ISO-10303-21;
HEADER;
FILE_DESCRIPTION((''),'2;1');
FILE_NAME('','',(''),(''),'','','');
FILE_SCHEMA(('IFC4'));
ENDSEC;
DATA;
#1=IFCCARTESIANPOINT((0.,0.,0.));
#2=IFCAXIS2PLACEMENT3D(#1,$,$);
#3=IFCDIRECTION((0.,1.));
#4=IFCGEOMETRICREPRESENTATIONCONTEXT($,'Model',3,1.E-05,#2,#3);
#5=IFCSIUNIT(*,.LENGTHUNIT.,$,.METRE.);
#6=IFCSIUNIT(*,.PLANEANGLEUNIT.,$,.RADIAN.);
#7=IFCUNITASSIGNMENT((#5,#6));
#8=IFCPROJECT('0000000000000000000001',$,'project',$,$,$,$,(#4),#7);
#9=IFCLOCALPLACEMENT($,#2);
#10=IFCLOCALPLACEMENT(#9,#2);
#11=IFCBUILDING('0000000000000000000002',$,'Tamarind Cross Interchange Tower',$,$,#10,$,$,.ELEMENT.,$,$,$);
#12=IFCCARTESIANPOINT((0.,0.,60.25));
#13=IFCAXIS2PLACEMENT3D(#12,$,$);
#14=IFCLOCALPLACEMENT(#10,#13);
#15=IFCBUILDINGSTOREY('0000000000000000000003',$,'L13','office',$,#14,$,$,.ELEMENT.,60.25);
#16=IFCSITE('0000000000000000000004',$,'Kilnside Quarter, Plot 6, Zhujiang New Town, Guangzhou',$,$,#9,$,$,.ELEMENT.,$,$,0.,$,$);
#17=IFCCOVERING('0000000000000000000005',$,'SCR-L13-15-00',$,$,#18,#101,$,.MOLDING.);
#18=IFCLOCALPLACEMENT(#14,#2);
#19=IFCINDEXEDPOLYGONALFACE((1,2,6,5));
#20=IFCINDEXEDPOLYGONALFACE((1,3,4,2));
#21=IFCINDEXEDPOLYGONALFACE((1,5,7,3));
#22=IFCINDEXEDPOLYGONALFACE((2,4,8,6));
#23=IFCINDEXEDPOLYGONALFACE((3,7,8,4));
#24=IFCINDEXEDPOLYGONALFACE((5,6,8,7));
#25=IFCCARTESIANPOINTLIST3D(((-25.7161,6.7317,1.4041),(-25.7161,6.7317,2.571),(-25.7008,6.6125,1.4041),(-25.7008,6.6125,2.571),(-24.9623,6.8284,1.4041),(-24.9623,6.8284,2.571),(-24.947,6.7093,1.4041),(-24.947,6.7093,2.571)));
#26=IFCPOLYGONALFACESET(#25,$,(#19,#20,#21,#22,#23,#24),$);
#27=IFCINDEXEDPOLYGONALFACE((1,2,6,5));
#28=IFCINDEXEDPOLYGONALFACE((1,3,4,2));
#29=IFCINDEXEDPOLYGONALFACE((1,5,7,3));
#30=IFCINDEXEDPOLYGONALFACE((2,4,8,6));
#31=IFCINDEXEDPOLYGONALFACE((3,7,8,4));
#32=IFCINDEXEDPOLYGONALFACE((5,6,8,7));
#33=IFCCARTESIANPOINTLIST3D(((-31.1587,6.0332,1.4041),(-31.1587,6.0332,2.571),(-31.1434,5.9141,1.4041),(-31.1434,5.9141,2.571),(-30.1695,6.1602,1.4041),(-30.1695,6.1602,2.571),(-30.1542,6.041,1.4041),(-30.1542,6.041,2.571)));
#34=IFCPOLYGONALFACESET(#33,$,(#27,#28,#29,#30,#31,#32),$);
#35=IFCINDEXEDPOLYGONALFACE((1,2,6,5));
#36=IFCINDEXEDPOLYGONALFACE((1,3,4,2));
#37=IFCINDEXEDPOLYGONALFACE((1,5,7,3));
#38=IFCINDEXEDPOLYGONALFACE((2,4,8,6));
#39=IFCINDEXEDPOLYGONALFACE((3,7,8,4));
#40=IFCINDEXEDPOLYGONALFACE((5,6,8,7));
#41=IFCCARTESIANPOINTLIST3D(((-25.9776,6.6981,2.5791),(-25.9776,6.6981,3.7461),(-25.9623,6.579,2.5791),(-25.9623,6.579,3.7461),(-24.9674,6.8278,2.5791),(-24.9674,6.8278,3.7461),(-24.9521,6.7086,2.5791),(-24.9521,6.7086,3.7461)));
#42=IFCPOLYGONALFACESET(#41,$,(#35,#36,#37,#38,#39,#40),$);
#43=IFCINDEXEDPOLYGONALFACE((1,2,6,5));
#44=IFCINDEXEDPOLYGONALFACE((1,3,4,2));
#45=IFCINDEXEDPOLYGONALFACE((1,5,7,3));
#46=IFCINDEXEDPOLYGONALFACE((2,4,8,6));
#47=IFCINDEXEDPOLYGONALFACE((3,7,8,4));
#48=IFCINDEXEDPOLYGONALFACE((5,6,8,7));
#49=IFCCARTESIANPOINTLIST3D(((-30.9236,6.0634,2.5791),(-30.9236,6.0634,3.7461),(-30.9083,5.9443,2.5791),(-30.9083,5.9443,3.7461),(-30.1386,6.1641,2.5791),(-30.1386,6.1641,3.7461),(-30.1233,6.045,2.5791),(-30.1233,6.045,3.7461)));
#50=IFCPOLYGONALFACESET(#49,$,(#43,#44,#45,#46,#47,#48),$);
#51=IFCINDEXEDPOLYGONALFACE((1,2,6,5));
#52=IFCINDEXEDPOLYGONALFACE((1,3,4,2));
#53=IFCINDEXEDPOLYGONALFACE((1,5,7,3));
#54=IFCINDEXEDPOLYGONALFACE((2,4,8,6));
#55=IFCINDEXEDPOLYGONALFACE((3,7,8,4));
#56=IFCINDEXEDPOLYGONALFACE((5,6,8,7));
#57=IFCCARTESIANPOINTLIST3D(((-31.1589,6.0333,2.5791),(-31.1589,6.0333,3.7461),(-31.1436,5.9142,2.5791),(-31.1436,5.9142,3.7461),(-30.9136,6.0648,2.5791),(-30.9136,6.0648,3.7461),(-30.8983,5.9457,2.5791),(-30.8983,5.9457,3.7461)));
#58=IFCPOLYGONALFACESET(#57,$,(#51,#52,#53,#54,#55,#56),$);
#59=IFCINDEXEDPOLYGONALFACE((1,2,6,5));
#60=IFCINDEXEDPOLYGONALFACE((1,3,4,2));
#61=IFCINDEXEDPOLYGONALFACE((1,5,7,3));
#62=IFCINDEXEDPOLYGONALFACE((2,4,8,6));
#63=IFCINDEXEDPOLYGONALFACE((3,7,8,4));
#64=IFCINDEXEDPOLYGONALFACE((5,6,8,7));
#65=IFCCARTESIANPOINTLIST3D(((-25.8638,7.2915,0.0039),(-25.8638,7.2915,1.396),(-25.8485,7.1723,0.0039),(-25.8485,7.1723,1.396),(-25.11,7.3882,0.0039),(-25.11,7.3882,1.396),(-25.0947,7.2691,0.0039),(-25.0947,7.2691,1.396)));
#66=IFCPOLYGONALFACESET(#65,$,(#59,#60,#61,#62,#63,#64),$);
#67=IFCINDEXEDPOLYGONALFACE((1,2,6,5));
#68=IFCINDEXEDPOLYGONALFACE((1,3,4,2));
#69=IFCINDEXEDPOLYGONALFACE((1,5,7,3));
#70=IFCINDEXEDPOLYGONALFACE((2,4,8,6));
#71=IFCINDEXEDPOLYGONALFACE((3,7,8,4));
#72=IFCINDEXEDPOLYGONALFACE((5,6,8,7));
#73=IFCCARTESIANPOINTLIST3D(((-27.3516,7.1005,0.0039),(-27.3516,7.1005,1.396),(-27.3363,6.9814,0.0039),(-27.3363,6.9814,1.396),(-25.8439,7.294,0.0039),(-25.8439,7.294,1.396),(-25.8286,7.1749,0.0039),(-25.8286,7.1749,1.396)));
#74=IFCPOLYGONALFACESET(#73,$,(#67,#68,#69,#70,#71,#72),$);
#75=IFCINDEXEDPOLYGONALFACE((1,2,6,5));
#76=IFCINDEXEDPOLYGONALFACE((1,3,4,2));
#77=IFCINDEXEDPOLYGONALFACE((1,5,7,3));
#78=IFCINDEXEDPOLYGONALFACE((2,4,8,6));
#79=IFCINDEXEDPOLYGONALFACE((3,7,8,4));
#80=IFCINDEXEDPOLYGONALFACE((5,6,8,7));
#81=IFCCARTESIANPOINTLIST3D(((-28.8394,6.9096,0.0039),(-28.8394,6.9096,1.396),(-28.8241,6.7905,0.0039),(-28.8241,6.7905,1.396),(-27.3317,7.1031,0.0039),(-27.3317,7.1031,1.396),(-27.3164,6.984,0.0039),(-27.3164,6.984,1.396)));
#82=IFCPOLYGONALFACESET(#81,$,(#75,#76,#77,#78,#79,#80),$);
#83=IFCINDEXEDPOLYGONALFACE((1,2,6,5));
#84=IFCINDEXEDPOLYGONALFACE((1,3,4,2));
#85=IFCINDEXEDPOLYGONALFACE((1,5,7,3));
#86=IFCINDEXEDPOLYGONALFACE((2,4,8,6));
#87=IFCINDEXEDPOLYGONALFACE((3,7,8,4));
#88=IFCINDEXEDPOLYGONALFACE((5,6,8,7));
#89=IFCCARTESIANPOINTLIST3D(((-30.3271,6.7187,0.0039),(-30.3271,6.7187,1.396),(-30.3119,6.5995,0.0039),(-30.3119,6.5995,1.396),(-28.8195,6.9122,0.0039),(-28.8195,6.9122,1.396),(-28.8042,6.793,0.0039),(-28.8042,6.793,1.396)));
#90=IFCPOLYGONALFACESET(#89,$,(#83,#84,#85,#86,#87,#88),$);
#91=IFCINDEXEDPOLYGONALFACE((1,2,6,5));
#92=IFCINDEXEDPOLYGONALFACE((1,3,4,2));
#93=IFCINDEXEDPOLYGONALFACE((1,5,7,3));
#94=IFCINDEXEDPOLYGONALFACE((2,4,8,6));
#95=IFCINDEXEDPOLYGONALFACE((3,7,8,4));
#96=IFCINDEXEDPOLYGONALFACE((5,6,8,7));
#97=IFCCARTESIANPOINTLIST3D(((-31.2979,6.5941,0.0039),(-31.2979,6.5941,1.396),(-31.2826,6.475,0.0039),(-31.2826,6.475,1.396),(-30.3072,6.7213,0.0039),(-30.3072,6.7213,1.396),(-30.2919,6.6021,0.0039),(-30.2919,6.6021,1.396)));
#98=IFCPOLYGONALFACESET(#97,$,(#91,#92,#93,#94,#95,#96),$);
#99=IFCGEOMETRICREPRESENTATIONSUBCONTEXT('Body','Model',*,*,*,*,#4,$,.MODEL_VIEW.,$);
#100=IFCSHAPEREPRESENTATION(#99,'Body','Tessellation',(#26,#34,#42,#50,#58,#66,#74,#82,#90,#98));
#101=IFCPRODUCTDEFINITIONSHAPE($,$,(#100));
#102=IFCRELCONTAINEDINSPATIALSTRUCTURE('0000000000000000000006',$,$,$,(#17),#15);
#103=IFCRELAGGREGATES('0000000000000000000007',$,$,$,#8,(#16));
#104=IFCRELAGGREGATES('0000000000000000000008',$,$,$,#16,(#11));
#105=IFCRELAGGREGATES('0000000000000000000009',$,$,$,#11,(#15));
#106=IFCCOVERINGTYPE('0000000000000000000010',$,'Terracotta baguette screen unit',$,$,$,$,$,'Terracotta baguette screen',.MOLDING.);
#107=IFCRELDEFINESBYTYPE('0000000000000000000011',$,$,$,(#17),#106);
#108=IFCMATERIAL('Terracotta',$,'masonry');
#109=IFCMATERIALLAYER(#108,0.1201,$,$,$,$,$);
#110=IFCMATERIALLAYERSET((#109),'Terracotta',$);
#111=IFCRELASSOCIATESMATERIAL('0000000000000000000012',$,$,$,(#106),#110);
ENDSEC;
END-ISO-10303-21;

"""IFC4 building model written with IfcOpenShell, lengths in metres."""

from ifc_helpers import new_model, si_unit, direction, frame, origin, origin_2d, place, context, subcontext, project, spatial, rectangle, extrude, material, layer, layer_set, type_object, element, save


model = new_model("IFC4")

# Units and contexts
model_context = context("Model", 3, precision=1e-05, world=origin(), true_north=direction((0.0, 1.0)))
body_context = subcontext(model_context, "Body", "Model", "MODEL_VIEW")
ifc_project = project(units=[si_unit("LENGTHUNIT", "METRE"), si_unit("PLANEANGLEUNIT", "RADIAN")], contexts=[model_context])

# Site, building, storey
site_placement = place(None, origin())
site = spatial("IfcSite", under=ifc_project, at=site_placement, Name="Kilnside Quarter, Plot 6, Zhujiang New Town, Guangzhou", CompositionType="ELEMENT", RefElevation=0.0)
building_placement = place(site_placement, origin())
building = spatial("IfcBuilding", under=site, at=building_placement, Name="Tamarind Cross Interchange Tower", CompositionType="ELEMENT")
storey_placement = place(building_placement, frame((0.0, 0.0, 60.25)))
storey = spatial("IfcBuildingStorey", under=building, at=storey_placement, Name="L13", Description="office", CompositionType="ELEMENT", Elevation=60.25)

# Covering
ifc_material_1 = material(Name="Terracotta", Category="masonry")
ifc_layer_1 = layer(ifc_material_1, 0.1201)
ifc_layer_set_1 = layer_set([ifc_layer_1], Name="Terracotta")
covering_type = type_object("IfcCoveringType", Name="Terracotta baguette screen unit", ElementType="Terracotta baguette screen", PredefinedType="MOLDING", material=ifc_layer_set_1)
covering_1_placement = place(storey_placement, origin())
element("IfcCovering", 1, at=covering_1_placement, inside=storey, type_object=covering_type, Name="SCR-L13-15-00", PredefinedType="MOLDING", context=body_context, shape_type="SweptSolid", body=[
    extrude(rectangle(XDim=0.76, YDim=0.1201, at=origin_2d()), frame((-25.3315, 6.7205, 1.4041), z_axis=(0.0, 0.0, 1.0), x_axis=(-0.991864, -0.1273, 0.0)), (0.0, 0.0, 1.0), 1.167),
    extrude(rectangle(XDim=0.9973, YDim=0.1201, at=origin_2d()), frame((-30.6565, 6.0371, 1.4041), z_axis=(0.0, 0.0, 1.0), x_axis=(-0.991864, -0.1273, 0.0)), (0.0, 0.0, 1.0), 1.167),
    extrude(rectangle(XDim=1.0186, YDim=0.1201, at=origin_2d()), frame((-25.4648, 6.7034, 2.5791), z_axis=(0.0, 0.0, 1.0), x_axis=(-0.991864, -0.1273, 0.0)), (0.0, 0.0, 1.0), 1.167),
    extrude(rectangle(XDim=0.7915, YDim=0.1201, at=origin_2d()), frame((-30.5234, 6.0542, 2.5791), z_axis=(0.0, 0.0, 1.0), x_axis=(-0.991864, -0.1273, 0.0)), (0.0, 0.0, 1.0), 1.167),
    extrude(rectangle(XDim=0.2473, YDim=0.1201, at=origin_2d()), frame((-31.0286, 5.9895, 2.5791), z_axis=(0.0, 0.0, 1.0), x_axis=(-0.991864, -0.1273, 0.0)), (0.0, 0.0, 1.0), 1.167),
    extrude(rectangle(XDim=0.76, YDim=0.1201, at=origin_2d()), frame((-25.4792, 7.2803, 0.0039), z_axis=(0.0, 0.0, 1.0), x_axis=(-0.991864, -0.1273, 0.0)), (0.0, 0.0, 1.0), 1.3921),
    extrude(rectangle(XDim=1.52, YDim=0.1201, at=origin_2d()), frame((-26.5901, 7.1377, 0.0039), z_axis=(0.0, 0.0, 1.0), x_axis=(-0.991864, -0.1273, 0.0)), (0.0, 0.0, 1.0), 1.3921),
    extrude(rectangle(XDim=1.52, YDim=0.1201, at=origin_2d()), frame((-28.0779, 6.9468, 0.0039), z_axis=(0.0, 0.0, 1.0), x_axis=(-0.991864, -0.1273, 0.0)), (0.0, 0.0, 1.0), 1.3921),
    extrude(rectangle(XDim=1.52, YDim=0.1201, at=origin_2d()), frame((-29.5657, 6.7559, 0.0039), z_axis=(0.0, 0.0, 1.0), x_axis=(-0.991864, -0.1273, 0.0)), (0.0, 0.0, 1.0), 1.3921),
    extrude(rectangle(XDim=0.9988, YDim=0.1201, at=origin_2d()), frame((-30.7949, 6.5981, 0.0039), z_axis=(0.0, 0.0, 1.0), x_axis=(-0.991864, -0.1273, 0.0)), (0.0, 0.0, 1.0), 1.3921),
])

save(model, "model.ifc")
